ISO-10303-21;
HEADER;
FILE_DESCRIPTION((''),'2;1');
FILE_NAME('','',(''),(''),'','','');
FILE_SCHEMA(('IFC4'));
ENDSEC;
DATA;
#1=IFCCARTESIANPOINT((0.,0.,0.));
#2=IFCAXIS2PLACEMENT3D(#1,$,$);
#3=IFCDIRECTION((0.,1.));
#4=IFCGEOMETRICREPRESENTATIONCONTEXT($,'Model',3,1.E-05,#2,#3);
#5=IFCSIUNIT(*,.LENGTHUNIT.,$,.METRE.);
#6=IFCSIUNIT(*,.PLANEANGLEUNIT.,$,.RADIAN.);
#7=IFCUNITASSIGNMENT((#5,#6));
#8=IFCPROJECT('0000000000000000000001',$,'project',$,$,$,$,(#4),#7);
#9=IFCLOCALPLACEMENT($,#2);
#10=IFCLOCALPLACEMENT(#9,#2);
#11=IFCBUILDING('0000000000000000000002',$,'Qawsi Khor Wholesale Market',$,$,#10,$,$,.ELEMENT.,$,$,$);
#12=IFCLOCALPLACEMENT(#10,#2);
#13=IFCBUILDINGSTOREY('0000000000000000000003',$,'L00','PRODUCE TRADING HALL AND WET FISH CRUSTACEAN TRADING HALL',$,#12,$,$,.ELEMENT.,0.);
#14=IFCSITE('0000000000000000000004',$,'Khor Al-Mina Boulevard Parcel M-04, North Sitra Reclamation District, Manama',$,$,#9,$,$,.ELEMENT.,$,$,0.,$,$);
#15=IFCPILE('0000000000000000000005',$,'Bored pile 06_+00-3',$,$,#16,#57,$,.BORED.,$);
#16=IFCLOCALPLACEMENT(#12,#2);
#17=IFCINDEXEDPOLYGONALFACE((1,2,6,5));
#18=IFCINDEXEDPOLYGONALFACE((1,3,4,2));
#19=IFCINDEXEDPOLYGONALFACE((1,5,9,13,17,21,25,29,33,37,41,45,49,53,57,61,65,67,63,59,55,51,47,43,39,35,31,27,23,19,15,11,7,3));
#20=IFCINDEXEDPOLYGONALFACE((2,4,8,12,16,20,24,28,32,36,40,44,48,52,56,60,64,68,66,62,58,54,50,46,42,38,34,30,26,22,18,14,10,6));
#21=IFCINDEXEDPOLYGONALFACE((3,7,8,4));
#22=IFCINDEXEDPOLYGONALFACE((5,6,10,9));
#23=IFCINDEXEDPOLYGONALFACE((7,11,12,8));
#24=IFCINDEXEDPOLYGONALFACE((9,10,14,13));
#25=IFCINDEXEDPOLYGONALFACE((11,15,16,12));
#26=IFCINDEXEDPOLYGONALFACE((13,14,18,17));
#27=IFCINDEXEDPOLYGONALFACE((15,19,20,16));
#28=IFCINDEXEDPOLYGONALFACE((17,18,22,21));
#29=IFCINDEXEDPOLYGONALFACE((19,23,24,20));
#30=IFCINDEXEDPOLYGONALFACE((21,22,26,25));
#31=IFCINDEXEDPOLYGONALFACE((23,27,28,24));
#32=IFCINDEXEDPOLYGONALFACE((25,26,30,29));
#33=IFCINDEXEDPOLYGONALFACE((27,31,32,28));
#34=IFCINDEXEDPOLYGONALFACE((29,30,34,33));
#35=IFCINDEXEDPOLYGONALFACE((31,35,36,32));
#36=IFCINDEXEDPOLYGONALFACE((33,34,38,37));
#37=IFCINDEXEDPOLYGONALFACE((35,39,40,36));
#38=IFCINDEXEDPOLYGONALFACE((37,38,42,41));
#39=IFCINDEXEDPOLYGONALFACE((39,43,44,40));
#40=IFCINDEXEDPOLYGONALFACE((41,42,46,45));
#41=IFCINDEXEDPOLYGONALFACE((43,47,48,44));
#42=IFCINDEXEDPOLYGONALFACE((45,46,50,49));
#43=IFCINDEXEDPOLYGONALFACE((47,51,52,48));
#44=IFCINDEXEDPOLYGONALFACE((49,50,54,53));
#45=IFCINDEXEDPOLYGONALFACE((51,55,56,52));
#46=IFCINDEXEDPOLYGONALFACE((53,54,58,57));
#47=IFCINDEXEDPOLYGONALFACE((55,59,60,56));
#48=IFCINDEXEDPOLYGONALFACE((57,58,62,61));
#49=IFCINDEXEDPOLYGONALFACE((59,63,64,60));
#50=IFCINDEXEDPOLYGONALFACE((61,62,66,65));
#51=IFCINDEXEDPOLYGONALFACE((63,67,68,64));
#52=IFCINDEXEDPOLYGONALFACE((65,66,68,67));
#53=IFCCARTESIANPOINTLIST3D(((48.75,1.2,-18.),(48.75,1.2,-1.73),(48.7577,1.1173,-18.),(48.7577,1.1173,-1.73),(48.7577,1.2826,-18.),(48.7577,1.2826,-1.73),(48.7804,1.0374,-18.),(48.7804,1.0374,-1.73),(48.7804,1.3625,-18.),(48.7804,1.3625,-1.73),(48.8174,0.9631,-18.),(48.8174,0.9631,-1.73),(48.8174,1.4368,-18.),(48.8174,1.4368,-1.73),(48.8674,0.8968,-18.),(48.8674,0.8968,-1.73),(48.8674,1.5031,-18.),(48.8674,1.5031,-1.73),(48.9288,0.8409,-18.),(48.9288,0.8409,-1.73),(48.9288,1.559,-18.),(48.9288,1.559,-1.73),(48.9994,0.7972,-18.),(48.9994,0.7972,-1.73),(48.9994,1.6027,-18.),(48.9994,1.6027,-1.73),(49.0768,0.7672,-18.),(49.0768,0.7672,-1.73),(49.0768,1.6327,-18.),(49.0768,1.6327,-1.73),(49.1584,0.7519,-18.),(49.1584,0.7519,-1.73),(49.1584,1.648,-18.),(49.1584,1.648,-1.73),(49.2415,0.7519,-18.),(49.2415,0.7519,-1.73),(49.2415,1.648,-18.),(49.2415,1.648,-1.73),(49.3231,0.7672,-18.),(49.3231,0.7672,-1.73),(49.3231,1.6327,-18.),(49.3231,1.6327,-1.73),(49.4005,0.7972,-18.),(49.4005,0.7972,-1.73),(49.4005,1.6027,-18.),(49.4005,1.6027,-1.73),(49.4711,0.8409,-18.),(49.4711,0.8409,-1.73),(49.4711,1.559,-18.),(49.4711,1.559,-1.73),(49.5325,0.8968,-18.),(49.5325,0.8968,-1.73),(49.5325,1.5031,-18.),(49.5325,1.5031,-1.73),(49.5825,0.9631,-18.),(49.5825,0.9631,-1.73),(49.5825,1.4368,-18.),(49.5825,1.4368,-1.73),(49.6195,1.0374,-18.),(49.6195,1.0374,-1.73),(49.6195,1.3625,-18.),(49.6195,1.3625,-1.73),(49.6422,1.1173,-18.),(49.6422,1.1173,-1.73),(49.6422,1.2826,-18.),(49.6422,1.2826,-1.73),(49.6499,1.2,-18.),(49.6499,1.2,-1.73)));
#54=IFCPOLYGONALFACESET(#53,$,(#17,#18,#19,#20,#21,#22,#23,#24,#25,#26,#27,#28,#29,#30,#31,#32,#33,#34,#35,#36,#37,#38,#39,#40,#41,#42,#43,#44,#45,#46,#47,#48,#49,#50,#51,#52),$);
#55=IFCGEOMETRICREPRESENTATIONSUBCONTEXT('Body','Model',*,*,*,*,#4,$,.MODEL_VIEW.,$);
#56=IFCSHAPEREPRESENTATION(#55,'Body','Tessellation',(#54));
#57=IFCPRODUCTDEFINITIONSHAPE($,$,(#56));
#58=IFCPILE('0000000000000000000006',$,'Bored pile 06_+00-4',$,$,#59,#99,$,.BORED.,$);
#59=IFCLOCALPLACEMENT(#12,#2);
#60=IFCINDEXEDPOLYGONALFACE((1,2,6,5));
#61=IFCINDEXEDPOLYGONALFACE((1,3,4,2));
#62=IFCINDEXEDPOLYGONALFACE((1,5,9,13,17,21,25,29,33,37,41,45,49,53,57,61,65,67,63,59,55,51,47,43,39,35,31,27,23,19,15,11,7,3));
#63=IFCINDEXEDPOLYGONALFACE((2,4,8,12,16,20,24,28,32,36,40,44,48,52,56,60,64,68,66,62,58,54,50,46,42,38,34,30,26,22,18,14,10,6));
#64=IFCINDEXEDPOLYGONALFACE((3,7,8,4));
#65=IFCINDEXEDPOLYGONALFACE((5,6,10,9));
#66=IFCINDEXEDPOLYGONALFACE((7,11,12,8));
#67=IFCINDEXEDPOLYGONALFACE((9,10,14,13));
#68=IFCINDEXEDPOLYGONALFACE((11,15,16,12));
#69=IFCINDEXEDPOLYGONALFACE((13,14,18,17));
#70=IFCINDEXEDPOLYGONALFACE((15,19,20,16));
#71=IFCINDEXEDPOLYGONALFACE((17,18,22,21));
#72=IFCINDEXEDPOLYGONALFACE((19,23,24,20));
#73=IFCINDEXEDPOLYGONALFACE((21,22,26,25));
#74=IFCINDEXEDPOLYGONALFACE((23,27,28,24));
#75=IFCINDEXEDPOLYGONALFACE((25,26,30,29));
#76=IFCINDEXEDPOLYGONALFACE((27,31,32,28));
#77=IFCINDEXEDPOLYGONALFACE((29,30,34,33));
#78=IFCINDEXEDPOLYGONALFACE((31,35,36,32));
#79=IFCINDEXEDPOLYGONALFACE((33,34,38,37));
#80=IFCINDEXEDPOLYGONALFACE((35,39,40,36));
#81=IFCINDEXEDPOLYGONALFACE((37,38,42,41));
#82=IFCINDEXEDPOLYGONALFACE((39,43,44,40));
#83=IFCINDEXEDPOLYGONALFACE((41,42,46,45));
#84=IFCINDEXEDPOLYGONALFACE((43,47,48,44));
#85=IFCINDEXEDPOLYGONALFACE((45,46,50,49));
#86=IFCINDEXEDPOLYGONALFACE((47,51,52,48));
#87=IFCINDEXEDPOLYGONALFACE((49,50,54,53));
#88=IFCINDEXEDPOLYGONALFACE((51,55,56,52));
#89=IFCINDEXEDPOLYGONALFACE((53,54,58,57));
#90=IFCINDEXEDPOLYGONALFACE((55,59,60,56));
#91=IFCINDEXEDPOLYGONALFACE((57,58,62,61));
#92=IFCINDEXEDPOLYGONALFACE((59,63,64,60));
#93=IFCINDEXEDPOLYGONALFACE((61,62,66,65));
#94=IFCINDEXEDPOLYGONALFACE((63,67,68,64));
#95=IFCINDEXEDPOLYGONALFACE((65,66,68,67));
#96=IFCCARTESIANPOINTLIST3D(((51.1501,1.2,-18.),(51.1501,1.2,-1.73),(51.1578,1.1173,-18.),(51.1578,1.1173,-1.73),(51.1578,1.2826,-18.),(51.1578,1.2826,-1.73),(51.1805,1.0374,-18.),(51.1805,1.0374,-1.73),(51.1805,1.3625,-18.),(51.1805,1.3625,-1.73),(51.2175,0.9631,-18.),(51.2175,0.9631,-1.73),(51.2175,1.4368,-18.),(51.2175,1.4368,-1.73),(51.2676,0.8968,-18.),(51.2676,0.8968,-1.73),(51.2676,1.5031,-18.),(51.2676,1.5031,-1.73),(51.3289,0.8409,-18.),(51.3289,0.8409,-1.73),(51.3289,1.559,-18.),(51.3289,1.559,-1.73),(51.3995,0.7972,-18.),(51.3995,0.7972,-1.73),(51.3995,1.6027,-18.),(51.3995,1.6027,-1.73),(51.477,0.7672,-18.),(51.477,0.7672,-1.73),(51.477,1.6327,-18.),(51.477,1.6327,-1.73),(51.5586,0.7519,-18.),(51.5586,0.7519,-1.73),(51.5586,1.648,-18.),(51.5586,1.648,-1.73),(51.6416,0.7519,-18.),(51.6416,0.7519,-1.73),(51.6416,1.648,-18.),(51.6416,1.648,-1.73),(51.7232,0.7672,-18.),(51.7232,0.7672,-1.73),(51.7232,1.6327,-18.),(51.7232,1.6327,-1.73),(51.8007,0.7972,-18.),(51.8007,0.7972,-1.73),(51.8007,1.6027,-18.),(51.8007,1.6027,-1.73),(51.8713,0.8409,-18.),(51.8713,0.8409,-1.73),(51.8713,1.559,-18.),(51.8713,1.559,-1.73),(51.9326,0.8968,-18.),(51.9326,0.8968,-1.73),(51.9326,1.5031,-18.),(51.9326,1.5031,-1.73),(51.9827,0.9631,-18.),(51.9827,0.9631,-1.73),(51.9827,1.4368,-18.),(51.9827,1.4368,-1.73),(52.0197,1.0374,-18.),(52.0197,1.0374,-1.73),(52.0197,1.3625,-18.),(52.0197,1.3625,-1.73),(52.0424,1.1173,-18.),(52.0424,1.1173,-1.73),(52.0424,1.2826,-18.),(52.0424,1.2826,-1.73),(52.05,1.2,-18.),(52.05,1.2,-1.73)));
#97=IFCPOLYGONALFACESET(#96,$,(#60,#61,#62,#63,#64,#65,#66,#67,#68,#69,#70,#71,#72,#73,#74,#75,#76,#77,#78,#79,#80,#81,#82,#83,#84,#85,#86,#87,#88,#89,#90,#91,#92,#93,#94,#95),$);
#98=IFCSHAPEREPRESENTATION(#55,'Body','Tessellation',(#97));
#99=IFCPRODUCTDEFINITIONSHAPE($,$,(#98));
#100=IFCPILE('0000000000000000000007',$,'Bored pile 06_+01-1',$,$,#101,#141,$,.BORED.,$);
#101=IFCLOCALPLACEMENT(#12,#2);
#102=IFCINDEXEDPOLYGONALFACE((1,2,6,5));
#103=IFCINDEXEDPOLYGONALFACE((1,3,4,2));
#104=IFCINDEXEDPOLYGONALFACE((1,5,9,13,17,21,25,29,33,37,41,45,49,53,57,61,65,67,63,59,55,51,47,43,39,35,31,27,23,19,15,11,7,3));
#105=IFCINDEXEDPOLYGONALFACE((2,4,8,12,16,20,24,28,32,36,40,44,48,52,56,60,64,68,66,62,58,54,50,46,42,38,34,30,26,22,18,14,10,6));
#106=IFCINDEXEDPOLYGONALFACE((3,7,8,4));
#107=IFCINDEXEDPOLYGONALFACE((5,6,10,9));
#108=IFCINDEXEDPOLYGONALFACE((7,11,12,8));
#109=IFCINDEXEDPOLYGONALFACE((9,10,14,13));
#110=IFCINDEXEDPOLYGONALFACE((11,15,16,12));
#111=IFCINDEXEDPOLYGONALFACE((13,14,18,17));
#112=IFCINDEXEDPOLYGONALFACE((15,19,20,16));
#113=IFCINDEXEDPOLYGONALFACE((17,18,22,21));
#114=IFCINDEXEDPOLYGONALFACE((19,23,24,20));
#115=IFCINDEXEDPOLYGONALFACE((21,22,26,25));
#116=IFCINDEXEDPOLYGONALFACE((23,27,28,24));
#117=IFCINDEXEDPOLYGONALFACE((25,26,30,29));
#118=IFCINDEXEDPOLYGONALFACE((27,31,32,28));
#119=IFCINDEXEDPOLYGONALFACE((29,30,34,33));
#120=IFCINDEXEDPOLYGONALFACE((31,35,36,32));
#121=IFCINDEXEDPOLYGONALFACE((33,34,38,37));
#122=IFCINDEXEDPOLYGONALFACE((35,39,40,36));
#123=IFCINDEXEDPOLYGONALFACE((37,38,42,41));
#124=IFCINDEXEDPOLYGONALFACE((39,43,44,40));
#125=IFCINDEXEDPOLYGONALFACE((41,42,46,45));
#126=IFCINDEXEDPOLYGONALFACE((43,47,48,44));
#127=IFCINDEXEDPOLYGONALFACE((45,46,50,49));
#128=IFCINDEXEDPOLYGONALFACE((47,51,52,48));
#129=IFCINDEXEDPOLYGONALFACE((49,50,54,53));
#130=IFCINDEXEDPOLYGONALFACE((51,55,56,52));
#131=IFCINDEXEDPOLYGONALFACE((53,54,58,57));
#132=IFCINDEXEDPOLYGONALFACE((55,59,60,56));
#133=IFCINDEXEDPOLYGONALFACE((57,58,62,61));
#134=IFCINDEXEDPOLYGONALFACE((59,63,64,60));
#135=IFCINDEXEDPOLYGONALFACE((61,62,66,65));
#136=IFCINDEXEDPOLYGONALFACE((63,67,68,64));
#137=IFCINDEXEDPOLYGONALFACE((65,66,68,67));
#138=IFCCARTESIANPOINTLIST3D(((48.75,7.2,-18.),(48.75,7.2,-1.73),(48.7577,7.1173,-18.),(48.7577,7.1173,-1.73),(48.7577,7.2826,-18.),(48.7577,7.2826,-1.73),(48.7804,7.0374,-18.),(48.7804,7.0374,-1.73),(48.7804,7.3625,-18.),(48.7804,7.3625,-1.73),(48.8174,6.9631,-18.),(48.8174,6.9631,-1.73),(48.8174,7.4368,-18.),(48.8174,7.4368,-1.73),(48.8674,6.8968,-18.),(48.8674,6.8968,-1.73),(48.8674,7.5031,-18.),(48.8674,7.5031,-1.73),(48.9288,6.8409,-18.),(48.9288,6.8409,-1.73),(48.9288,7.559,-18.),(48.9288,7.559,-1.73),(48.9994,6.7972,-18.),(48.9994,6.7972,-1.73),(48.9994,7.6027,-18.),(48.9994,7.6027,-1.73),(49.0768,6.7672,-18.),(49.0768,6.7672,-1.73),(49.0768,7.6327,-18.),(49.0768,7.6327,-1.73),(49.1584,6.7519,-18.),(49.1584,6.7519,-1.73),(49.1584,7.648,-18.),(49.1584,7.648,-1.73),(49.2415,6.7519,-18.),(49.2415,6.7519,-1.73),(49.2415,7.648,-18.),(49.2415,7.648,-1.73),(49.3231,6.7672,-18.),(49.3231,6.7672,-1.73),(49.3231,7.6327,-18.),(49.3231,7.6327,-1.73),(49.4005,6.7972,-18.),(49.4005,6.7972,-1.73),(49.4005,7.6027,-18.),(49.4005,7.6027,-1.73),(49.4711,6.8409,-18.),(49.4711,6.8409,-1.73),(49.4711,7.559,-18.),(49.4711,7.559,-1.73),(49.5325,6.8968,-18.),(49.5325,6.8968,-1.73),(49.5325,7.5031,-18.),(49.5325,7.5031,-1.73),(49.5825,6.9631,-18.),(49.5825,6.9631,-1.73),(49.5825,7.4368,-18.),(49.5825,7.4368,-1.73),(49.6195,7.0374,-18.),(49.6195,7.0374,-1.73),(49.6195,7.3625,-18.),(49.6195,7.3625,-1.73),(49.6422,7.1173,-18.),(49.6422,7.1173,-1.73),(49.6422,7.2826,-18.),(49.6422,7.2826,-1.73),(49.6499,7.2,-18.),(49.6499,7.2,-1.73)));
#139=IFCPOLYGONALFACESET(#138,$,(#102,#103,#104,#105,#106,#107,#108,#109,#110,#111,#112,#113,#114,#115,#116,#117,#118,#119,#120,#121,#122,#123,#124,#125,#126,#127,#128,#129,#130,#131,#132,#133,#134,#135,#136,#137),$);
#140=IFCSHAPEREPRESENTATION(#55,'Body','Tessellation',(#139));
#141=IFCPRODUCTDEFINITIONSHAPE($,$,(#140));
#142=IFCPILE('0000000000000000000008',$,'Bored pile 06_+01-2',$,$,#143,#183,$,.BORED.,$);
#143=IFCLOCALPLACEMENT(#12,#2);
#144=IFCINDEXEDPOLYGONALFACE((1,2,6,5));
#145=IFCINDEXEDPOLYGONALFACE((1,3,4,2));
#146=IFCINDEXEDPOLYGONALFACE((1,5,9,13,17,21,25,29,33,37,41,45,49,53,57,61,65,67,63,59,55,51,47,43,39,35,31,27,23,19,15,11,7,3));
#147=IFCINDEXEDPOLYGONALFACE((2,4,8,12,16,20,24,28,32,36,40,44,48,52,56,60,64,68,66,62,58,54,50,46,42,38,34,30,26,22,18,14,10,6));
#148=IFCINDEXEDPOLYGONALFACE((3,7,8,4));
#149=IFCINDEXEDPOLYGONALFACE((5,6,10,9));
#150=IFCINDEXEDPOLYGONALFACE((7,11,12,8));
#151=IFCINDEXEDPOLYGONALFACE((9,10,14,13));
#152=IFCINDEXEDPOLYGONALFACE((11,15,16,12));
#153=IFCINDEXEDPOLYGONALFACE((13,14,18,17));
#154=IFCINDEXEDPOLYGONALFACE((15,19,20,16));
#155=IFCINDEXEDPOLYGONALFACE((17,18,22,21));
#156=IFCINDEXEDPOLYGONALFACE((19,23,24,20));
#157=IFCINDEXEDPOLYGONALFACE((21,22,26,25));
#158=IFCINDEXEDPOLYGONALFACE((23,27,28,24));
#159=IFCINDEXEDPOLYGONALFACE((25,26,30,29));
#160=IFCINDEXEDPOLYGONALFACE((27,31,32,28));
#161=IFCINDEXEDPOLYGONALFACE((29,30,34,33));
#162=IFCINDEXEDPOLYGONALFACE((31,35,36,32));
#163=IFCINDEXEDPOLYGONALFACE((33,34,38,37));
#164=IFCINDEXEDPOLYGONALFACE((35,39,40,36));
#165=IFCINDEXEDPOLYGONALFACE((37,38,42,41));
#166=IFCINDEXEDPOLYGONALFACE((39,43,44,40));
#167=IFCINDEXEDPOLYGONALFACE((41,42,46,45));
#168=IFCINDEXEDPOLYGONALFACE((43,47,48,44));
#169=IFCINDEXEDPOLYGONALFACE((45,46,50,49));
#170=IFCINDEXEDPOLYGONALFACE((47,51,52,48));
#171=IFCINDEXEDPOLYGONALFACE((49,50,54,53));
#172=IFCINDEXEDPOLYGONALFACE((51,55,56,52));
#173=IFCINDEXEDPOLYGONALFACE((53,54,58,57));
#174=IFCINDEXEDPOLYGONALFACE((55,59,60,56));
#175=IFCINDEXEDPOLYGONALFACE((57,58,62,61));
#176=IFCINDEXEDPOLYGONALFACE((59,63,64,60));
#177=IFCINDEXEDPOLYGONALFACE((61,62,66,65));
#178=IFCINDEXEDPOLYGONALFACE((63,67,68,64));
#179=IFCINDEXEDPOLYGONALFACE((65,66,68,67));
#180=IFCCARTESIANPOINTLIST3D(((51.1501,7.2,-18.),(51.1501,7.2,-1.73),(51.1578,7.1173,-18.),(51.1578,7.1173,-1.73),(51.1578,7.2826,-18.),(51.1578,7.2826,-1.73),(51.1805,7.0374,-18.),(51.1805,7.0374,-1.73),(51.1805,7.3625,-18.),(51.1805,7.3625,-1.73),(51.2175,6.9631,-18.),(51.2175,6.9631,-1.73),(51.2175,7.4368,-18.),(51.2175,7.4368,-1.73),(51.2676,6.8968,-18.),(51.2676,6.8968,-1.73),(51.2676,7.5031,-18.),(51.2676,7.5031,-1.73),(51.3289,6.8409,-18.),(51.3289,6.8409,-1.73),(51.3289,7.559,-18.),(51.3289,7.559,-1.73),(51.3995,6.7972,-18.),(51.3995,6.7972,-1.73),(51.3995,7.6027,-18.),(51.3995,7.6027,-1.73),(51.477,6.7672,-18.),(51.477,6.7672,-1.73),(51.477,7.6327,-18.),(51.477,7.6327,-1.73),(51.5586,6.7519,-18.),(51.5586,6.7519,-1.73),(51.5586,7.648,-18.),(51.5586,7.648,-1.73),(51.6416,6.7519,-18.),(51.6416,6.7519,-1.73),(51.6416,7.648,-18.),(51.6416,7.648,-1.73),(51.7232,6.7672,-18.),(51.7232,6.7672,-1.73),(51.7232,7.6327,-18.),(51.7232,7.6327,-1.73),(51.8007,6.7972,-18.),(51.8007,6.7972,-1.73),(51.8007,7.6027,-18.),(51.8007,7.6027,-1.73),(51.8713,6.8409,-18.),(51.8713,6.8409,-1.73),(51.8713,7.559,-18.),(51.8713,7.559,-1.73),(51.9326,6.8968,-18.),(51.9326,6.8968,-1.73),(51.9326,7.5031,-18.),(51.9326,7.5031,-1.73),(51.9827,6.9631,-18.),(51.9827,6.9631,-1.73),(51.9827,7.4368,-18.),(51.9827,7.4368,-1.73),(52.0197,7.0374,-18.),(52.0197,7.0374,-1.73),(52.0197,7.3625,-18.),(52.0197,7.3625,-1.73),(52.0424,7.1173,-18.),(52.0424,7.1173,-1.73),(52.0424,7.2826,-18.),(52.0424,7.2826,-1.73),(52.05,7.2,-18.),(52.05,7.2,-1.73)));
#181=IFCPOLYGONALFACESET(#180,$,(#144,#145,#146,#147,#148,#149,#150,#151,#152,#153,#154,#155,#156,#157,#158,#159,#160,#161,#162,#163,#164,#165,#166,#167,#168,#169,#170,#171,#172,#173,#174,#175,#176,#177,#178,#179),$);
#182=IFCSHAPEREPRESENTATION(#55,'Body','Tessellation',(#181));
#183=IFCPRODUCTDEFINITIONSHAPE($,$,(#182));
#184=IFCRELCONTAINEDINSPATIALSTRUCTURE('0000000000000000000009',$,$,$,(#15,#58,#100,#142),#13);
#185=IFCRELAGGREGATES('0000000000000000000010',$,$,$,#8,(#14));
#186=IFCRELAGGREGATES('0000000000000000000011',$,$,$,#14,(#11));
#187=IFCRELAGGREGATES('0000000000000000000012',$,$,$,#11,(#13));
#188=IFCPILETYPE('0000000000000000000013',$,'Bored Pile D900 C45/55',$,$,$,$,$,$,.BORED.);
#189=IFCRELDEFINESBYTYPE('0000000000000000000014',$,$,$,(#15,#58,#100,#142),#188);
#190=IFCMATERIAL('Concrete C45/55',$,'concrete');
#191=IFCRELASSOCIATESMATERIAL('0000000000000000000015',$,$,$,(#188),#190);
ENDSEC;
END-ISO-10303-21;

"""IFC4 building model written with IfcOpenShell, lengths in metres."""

from ifc_helpers import new_model, si_unit, direction, frame, origin, origin_2d, place, context, subcontext, project, spatial, circle, extrude, material, material_profile, profile_set, type_object, element, save


model = new_model("IFC4")

# Units and contexts
model_context = context("Model", 3, precision=1e-05, world=origin(), true_north=direction((0.0, 1.0)))
body_context = subcontext(model_context, "Body", "Model", "MODEL_VIEW")
ifc_project = project(units=[si_unit("LENGTHUNIT", "METRE"), si_unit("PLANEANGLEUNIT", "RADIAN")], contexts=[model_context])

# Site, building, storey
site_placement = place(None, origin())
site = spatial("IfcSite", under=ifc_project, at=site_placement, Name="Khor Al-Mina Boulevard Parcel M-04, North Sitra Reclamation District, Manama", CompositionType="ELEMENT", RefElevation=0.0)
building_placement = place(site_placement, origin())
building = spatial("IfcBuilding", under=site, at=building_placement, Name="Qawsi Khor Wholesale Market", CompositionType="ELEMENT")
storey_placement = place(building_placement, origin())
storey = spatial("IfcBuildingStorey", under=building, at=storey_placement, Name="L00", Description="PRODUCE TRADING HALL AND WET FISH CRUSTACEAN TRADING HALL", CompositionType="ELEMENT", Elevation=0.0)

# Piles
ifc_material_1 = material(Name="Concrete C45/55", Category="concrete")
ifc_material_profile_1 = material_profile(ifc_material_1, circle(Radius=0.45, at=origin_2d()), Name="PILE D900")
ifc_profile_set_1 = profile_set([ifc_material_profile_1], Name="Concrete C45/55")
pile_type = type_object("IfcPileType", Name="Bored Pile D900 C45/55", PredefinedType="BORED", material=ifc_profile_set_1)
for number, where, z_axis, x_axis, name in (
    (1, (49.2, 1.2, -1.73), (0.0, 0.0, -1.0), (1.0, 0.0, 0.0), "Bored pile 06_+00-3"),
    (2, (51.6001, 1.2, -1.73), (0.0, 0.0, -1.0), (1.0, 0.0, 0.0), "Bored pile 06_+00-4"),
    (3, (49.2, 7.2, -1.73), (0.0, 0.0, -1.0), (1.0, 0.0, 0.0), "Bored pile 06_+01-1"),
    (4, (51.6001, 7.2, -1.73), (0.0, 0.0, -1.0), (1.0, 0.0, 0.0), "Bored pile 06_+01-2"),
):
    element("IfcPile", number, at=place(storey_placement, frame(where, z_axis=z_axis, x_axis=x_axis)), inside=storey, type_object=pile_type, Name=name, PredefinedType="BORED", context=body_context, shape_type="SweptSolid", body=[
        extrude(circle(Radius=0.45, at=origin_2d()), origin(), (0.0, 0.0, 1.0), 16.27),
    ])

save(model, "model.ifc")
